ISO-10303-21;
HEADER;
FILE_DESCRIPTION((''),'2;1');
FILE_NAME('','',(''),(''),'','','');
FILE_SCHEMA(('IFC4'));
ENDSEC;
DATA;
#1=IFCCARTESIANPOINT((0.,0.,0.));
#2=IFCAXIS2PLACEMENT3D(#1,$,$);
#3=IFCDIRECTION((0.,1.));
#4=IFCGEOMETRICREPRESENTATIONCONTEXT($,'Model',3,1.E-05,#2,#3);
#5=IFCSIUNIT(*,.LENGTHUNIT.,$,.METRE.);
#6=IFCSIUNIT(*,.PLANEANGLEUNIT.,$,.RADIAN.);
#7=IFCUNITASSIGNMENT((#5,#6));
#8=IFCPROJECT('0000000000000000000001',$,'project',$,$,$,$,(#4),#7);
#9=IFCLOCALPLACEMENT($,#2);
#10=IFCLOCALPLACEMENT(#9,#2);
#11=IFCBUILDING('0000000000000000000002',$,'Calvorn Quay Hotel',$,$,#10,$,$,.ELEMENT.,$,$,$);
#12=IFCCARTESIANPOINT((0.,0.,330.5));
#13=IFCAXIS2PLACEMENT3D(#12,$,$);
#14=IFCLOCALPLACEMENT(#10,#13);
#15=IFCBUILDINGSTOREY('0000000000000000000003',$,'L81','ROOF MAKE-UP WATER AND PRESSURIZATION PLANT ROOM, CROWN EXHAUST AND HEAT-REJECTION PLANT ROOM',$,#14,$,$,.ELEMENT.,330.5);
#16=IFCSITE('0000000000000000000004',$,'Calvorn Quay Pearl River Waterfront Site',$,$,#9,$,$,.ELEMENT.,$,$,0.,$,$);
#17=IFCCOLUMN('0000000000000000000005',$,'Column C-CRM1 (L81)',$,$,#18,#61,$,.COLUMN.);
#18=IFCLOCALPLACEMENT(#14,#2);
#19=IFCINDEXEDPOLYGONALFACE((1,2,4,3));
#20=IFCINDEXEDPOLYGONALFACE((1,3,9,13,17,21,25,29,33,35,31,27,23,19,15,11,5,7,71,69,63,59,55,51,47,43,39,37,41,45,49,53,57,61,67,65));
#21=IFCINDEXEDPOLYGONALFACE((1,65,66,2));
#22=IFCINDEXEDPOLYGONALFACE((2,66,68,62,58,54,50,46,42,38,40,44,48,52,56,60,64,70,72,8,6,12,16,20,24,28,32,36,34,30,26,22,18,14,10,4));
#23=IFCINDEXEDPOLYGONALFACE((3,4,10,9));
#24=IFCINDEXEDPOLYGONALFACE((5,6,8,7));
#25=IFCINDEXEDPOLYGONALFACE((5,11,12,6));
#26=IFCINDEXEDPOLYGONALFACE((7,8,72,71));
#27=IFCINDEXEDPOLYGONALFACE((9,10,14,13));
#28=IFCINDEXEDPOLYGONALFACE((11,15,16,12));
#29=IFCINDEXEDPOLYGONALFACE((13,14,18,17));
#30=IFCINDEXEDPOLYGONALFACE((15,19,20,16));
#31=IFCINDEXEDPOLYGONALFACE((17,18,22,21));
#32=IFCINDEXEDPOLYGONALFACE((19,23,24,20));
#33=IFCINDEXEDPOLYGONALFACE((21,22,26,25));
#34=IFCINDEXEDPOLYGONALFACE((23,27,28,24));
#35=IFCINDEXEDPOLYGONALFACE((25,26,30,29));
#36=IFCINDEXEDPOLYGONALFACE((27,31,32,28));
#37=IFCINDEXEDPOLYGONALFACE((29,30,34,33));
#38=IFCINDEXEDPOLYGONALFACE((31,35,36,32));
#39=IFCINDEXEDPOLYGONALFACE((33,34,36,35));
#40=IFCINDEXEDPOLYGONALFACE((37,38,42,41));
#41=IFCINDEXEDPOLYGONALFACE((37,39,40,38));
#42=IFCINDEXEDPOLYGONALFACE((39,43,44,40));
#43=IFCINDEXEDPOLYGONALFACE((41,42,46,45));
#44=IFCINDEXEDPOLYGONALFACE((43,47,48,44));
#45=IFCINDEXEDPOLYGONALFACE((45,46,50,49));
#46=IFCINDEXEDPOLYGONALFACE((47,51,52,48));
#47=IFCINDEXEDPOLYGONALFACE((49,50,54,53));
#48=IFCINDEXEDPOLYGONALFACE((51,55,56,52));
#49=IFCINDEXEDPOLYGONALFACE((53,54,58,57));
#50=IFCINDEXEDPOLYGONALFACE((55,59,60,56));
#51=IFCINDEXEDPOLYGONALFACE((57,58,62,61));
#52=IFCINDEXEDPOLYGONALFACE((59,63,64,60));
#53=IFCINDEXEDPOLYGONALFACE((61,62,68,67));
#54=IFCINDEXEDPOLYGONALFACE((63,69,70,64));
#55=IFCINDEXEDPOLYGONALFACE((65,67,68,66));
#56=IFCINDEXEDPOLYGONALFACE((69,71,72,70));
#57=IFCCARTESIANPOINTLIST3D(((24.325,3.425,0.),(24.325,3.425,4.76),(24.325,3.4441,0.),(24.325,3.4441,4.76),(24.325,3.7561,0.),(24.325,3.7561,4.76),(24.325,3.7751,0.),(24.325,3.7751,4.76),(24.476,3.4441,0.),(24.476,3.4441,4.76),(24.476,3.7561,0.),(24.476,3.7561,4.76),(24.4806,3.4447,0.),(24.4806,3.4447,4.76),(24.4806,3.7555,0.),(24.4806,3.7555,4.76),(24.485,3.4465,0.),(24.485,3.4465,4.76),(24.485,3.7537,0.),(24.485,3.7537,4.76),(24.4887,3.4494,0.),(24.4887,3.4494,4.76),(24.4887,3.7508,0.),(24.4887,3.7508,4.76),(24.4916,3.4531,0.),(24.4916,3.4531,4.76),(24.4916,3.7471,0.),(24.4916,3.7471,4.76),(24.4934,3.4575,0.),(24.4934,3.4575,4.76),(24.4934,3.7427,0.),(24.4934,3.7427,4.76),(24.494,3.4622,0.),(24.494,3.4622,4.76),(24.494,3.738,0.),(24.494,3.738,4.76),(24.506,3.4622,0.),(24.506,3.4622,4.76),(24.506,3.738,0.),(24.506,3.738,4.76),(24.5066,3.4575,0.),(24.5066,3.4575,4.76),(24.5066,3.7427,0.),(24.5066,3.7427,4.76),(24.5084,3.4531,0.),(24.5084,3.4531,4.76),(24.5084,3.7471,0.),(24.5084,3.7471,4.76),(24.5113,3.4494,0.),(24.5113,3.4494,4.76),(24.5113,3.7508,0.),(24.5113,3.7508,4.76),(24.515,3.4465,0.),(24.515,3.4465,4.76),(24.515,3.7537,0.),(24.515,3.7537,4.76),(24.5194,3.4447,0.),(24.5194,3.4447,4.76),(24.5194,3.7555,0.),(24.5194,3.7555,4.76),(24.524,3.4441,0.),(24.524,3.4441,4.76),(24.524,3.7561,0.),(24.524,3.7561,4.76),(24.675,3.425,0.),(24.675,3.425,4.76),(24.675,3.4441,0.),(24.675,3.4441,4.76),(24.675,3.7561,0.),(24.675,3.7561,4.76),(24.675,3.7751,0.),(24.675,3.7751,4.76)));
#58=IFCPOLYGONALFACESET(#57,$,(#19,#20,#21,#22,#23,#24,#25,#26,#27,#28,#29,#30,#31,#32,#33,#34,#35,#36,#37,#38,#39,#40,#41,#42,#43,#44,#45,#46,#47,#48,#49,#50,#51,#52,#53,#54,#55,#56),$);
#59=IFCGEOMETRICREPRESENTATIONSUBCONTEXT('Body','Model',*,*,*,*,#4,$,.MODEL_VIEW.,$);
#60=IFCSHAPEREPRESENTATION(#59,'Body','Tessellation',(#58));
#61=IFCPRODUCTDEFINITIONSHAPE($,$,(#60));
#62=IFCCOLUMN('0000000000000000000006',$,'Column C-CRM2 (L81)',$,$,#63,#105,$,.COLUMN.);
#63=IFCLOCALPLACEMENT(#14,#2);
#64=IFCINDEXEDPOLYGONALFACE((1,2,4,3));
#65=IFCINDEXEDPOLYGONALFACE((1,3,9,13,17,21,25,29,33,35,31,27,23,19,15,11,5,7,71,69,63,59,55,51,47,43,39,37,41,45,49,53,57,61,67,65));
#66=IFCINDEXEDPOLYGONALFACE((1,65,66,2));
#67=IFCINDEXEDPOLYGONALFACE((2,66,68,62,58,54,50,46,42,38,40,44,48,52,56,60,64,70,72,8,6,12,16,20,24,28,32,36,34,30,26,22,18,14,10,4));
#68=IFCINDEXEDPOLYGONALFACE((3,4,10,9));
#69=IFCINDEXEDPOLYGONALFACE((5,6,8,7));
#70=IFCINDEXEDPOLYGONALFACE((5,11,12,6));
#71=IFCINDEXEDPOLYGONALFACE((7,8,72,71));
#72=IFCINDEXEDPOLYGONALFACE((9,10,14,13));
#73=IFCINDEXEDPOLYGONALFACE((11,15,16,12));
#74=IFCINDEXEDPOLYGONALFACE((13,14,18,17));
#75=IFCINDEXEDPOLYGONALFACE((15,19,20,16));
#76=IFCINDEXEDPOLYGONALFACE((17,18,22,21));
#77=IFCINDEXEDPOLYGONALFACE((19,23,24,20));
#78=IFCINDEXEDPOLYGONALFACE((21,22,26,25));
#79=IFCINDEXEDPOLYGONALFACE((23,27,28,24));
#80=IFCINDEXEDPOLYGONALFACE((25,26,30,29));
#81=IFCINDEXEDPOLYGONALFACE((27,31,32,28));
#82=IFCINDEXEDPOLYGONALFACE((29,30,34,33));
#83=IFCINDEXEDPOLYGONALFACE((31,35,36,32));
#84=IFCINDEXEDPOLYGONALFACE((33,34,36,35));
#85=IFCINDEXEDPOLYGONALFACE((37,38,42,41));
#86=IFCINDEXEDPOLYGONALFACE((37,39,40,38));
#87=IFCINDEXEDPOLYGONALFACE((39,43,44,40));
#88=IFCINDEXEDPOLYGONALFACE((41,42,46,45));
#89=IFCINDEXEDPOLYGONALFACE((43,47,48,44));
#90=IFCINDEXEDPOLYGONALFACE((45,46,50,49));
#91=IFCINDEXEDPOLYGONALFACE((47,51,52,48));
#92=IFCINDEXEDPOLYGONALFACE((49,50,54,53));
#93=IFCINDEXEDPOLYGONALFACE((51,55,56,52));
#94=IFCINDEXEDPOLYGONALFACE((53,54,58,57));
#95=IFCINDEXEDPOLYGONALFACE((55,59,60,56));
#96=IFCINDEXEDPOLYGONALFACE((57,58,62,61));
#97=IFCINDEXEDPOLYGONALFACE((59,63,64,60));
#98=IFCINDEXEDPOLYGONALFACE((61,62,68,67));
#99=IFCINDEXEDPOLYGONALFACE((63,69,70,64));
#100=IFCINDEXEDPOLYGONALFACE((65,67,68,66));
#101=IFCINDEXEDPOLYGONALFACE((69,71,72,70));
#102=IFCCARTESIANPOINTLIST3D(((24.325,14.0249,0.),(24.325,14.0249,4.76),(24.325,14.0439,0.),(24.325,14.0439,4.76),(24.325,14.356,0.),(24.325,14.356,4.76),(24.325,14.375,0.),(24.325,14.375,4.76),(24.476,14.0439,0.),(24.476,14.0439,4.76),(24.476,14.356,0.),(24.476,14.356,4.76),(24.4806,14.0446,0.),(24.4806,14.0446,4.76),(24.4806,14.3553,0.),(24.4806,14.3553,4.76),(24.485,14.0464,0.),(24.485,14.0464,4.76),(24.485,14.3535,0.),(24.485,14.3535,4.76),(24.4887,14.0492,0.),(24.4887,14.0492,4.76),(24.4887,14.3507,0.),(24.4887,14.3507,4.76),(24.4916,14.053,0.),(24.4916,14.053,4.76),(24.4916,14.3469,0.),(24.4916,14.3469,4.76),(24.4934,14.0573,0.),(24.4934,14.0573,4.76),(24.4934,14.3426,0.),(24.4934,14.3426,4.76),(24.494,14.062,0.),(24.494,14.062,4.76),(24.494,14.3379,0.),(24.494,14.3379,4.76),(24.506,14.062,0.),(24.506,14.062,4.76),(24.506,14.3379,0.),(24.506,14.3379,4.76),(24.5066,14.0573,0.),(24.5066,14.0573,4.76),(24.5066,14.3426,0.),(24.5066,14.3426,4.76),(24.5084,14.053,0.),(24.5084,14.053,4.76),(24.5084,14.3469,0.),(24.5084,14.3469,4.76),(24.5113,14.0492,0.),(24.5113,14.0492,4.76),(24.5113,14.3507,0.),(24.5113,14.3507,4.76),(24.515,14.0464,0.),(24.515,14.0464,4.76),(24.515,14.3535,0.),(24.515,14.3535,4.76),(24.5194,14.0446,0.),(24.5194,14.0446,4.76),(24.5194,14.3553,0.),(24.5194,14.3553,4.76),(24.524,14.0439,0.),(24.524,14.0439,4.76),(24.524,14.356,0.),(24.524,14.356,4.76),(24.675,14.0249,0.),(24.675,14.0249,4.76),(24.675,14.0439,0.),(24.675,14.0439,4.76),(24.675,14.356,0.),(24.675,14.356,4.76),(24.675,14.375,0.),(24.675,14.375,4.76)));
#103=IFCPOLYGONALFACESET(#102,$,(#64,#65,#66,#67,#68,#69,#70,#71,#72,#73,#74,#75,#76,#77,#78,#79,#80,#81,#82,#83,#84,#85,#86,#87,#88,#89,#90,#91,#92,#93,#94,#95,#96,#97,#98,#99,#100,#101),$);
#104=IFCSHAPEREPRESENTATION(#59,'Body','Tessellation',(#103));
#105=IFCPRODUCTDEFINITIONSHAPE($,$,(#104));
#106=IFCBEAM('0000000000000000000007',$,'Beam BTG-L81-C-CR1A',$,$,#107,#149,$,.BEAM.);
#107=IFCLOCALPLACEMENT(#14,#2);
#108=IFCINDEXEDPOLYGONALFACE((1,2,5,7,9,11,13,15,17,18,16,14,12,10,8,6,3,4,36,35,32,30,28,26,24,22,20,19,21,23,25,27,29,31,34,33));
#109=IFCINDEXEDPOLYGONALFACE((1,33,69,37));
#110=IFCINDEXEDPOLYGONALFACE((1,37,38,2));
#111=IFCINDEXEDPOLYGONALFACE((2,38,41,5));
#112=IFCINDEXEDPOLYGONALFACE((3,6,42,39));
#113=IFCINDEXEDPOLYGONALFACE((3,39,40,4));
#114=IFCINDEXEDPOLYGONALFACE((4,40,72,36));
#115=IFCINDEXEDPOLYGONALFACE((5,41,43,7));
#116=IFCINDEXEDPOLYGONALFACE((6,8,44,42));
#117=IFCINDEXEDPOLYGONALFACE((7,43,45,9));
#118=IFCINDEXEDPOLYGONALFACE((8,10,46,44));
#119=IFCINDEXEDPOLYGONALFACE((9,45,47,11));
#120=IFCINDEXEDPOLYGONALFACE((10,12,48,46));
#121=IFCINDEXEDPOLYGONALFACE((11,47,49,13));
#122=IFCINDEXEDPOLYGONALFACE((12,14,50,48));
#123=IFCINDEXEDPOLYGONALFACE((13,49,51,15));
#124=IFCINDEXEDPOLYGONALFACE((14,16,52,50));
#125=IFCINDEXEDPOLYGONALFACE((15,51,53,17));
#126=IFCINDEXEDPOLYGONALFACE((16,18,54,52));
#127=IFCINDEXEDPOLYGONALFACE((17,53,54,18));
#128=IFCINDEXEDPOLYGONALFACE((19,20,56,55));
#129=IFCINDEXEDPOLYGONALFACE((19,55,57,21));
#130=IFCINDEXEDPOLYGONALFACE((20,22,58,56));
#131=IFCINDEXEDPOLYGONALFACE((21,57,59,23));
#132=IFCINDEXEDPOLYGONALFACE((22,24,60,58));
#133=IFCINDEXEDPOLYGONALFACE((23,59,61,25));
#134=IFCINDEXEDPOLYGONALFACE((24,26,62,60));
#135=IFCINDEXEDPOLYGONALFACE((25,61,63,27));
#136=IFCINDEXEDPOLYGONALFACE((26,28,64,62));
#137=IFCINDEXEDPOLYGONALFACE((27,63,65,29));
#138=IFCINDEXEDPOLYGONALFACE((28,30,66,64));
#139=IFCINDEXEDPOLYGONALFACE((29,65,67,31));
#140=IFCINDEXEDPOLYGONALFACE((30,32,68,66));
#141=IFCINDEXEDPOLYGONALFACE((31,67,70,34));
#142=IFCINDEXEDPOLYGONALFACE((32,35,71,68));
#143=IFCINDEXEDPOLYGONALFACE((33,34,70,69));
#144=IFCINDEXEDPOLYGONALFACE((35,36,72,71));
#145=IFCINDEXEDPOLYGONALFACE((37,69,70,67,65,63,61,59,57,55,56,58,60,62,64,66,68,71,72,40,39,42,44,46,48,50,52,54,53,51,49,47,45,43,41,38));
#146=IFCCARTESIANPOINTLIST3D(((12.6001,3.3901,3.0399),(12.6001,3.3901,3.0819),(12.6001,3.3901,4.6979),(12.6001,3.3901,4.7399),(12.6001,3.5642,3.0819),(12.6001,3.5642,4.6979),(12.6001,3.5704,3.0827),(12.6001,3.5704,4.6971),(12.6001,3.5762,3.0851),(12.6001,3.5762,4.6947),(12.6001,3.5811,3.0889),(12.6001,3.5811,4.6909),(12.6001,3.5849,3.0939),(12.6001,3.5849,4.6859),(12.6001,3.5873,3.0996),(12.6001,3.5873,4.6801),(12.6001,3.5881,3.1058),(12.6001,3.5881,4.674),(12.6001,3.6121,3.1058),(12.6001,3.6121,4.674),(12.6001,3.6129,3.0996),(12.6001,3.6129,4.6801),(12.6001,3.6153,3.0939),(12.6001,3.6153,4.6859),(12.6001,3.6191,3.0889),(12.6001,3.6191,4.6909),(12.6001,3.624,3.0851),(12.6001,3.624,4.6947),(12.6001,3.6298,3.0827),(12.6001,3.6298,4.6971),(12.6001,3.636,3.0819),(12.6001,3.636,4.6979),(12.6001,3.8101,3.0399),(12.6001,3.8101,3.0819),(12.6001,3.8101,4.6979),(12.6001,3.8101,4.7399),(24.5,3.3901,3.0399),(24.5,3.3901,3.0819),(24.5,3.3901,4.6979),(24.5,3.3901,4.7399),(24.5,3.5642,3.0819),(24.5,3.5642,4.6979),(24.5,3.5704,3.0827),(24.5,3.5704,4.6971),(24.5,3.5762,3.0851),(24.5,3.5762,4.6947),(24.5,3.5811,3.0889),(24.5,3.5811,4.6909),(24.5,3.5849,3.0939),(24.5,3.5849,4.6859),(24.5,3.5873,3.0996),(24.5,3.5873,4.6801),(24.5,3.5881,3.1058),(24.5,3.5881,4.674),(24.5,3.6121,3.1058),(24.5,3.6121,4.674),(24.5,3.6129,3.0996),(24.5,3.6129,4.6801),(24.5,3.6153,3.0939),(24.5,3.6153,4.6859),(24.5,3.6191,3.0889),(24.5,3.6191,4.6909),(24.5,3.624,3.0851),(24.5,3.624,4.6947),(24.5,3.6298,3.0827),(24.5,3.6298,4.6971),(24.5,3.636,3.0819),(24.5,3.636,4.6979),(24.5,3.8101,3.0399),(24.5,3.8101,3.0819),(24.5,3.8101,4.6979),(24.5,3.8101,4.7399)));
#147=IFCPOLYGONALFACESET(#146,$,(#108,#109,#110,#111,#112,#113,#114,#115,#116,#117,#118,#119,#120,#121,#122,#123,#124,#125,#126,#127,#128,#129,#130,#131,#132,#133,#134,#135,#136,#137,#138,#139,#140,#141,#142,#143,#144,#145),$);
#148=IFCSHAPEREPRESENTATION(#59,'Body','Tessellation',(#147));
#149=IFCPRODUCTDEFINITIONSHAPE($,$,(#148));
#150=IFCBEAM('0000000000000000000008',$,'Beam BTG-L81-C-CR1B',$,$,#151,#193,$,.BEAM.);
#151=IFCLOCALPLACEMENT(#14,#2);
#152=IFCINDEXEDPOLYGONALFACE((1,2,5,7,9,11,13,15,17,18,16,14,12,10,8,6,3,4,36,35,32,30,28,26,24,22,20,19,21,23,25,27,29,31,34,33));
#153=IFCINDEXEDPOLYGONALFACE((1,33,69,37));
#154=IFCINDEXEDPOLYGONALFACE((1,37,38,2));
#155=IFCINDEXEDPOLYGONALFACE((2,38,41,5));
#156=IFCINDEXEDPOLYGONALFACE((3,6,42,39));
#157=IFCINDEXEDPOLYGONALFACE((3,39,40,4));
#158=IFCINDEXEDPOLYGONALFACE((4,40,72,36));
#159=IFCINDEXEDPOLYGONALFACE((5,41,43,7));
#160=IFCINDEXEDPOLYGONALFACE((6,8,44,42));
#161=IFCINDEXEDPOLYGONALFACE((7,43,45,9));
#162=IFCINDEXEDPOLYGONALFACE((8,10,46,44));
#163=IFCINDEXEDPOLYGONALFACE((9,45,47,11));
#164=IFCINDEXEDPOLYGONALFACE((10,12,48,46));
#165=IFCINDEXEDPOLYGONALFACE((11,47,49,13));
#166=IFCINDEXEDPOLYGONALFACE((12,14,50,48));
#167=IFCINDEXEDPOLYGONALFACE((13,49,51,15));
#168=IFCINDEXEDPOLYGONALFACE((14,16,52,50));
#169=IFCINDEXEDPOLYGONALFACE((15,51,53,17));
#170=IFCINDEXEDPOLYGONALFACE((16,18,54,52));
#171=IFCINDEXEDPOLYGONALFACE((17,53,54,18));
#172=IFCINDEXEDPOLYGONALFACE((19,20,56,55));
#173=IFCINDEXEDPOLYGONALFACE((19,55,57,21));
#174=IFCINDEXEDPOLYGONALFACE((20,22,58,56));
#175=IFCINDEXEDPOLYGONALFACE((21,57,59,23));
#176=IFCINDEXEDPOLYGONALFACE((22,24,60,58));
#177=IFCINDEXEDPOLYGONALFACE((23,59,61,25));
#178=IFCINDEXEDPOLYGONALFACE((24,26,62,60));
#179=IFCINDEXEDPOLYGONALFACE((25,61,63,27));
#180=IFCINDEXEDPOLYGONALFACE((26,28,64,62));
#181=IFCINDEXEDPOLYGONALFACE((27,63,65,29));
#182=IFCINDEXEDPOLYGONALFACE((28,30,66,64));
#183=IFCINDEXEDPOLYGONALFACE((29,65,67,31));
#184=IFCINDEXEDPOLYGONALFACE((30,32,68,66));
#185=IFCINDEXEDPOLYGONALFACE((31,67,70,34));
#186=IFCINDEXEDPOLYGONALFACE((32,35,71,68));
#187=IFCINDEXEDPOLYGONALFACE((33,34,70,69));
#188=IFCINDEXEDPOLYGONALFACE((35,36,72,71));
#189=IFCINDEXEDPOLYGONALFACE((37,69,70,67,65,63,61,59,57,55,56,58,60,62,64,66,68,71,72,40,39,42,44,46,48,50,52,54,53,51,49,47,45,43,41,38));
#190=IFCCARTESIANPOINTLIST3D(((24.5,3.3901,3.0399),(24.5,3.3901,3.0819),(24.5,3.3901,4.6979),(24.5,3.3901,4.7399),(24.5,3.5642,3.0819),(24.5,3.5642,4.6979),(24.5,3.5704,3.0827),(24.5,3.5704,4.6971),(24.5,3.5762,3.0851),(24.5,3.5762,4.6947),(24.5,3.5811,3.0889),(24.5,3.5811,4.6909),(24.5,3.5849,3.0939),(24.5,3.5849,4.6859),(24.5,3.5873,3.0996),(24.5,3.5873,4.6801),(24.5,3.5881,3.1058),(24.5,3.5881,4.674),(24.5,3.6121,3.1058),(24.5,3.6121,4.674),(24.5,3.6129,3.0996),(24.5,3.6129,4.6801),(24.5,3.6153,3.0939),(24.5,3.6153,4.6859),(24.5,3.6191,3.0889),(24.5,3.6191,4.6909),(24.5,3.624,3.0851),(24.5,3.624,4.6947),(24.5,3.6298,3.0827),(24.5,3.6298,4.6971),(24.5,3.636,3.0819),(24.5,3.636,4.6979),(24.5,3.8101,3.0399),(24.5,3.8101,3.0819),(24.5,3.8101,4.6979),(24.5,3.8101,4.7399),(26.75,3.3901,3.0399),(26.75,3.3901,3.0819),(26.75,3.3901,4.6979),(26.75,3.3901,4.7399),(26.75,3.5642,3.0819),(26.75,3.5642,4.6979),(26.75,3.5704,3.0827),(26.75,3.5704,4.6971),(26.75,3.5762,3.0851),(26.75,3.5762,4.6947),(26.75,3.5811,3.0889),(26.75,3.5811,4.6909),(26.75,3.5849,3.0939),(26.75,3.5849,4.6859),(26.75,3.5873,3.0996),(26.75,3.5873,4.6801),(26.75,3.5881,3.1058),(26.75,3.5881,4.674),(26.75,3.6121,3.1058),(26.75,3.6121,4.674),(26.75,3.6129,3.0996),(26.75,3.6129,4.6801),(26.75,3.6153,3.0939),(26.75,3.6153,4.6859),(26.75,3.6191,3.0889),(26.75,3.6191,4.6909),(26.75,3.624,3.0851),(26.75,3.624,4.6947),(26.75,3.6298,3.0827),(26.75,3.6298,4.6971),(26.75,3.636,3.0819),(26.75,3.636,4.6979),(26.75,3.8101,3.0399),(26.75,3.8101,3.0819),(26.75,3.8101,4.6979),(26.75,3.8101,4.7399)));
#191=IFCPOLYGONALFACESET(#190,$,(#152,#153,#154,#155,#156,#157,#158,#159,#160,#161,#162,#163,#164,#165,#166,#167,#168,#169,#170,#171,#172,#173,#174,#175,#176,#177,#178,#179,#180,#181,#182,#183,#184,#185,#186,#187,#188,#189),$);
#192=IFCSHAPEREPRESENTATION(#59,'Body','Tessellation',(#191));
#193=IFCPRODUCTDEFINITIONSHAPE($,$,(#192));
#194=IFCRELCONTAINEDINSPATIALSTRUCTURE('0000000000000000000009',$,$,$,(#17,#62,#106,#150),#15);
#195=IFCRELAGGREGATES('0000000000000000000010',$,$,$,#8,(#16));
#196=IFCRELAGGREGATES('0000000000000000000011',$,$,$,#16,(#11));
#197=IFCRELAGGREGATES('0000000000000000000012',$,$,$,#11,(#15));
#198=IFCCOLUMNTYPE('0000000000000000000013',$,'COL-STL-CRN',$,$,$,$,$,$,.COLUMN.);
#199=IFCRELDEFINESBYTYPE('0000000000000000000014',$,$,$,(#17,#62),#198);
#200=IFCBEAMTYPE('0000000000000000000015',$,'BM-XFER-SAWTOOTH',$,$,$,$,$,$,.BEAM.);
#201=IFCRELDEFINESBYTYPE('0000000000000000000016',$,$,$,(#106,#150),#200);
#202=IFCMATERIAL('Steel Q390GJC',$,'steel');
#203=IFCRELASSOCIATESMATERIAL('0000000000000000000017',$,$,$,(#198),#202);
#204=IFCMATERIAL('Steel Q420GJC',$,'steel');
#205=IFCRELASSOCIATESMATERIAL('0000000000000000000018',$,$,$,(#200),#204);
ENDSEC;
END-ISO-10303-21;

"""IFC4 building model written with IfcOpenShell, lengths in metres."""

from ifc_helpers import new_model, si_unit, direction, frame, origin, origin_2d, place, context, subcontext, project, spatial, i_section, extrude, material, material_profile, profile_set, type_object, element, save


model = new_model("IFC4")

# Units and contexts
model_context = context("Model", 3, precision=1e-05, world=origin(), true_north=direction((0.0, 1.0)))
body_context = subcontext(model_context, "Body", "Model", "MODEL_VIEW")
ifc_project = project(units=[si_unit("LENGTHUNIT", "METRE"), si_unit("PLANEANGLEUNIT", "RADIAN")], contexts=[model_context])

# Site, building, storey
site_placement = place(None, origin())
site = spatial("IfcSite", under=ifc_project, at=site_placement, Name="Calvorn Quay Pearl River Waterfront Site", CompositionType="ELEMENT", RefElevation=0.0)
building_placement = place(site_placement, origin())
building = spatial("IfcBuilding", under=site, at=building_placement, Name="Calvorn Quay Hotel", CompositionType="ELEMENT")
storey_placement = place(building_placement, frame((0.0, 0.0, 330.5)))
storey = spatial("IfcBuildingStorey", under=building, at=storey_placement, Name="L81", Description="ROOF MAKE-UP WATER AND PRESSURIZATION PLANT ROOM, CROWN EXHAUST AND HEAT-REJECTION PLANT ROOM", CompositionType="ELEMENT", Elevation=330.5)

# Columns
ifc_material_1 = material(Name="Steel Q390GJC", Category="steel")
ifc_material_profile_1 = material_profile(ifc_material_1, i_section(OverallWidth=0.3501, OverallDepth=0.3501, WebThickness=0.012, FlangeThickness=0.019, FilletRadius=0.0181, at=origin_2d()), Name="HW350x350x12x19")
ifc_profile_set_1 = profile_set([ifc_material_profile_1], Name="Steel Q390GJC")
column_type = type_object("IfcColumnType", Name="COL-STL-CRN", PredefinedType="COLUMN", material=ifc_profile_set_1)
for number, where, z_axis, x_axis, name in (
    (1, (24.5, 3.6001, 0.0), (0.0, 0.0, 1.0), (1.0, 0.0, 0.0), "Column C-CRM1 (L81)"),
    (2, (24.5, 14.2, 0.0), (0.0, 0.0, 1.0), (1.0, 0.0, 0.0), "Column C-CRM2 (L81)"),
):
    element("IfcColumn", number, at=place(storey_placement, frame(where, z_axis=z_axis, x_axis=x_axis)), inside=storey, type_object=column_type, Name=name, PredefinedType="COLUMN", context=body_context, shape_type="SweptSolid", body=[
        extrude(i_section(OverallWidth=0.3501, OverallDepth=0.3501, WebThickness=0.012, FlangeThickness=0.019, FilletRadius=0.0181, at=origin_2d()), origin(), (0.0, 0.0, 1.0), 4.76),
    ])

# Beams
ifc_material_2 = material(Name="Steel Q420GJC", Category="steel")
ifc_material_profile_2 = material_profile(ifc_material_2, i_section(OverallWidth=0.4199, OverallDepth=1.7, WebThickness=0.0239, FlangeThickness=0.042, FilletRadius=0.0239, at=origin_2d()), Name="HN1700x420x24x42")
ifc_profile_set_2 = profile_set([ifc_material_profile_2], Name="Steel Q420GJC")
beam_type = type_object("IfcBeamType", Name="BM-XFER-SAWTOOTH", PredefinedType="BEAM", material=ifc_profile_set_2)
beam_1_placement = place(storey_placement, frame((12.6001, 3.6001, 3.8899), z_axis=(1.0, 0.0, 0.0), x_axis=(0.0, 1.0, 0.0)))
element("IfcBeam", 3, at=beam_1_placement, inside=storey, type_object=beam_type, Name="Beam BTG-L81-C-CR1A", PredefinedType="BEAM", context=body_context, shape_type="SweptSolid", body=[
    extrude(i_section(OverallWidth=0.4199, OverallDepth=1.7, WebThickness=0.0239, FlangeThickness=0.042, FilletRadius=0.0239, at=origin_2d()), origin(), (0.0, 0.0, 1.0), 11.8999),
])
beam_2_placement = place(storey_placement, frame((24.5, 3.6001, 3.8899), z_axis=(1.0, 0.0, 0.0), x_axis=(0.0, 1.0, 0.0)))
element("IfcBeam", 4, at=beam_2_placement, inside=storey, type_object=beam_type, Name="Beam BTG-L81-C-CR1B", PredefinedType="BEAM", context=body_context, shape_type="SweptSolid", body=[
    extrude(i_section(OverallWidth=0.4199, OverallDepth=1.7, WebThickness=0.0239, FlangeThickness=0.042, FilletRadius=0.0239, at=origin_2d()), origin(), (0.0, 0.0, 1.0), 2.25),
])

save(model, "model.ifc")
